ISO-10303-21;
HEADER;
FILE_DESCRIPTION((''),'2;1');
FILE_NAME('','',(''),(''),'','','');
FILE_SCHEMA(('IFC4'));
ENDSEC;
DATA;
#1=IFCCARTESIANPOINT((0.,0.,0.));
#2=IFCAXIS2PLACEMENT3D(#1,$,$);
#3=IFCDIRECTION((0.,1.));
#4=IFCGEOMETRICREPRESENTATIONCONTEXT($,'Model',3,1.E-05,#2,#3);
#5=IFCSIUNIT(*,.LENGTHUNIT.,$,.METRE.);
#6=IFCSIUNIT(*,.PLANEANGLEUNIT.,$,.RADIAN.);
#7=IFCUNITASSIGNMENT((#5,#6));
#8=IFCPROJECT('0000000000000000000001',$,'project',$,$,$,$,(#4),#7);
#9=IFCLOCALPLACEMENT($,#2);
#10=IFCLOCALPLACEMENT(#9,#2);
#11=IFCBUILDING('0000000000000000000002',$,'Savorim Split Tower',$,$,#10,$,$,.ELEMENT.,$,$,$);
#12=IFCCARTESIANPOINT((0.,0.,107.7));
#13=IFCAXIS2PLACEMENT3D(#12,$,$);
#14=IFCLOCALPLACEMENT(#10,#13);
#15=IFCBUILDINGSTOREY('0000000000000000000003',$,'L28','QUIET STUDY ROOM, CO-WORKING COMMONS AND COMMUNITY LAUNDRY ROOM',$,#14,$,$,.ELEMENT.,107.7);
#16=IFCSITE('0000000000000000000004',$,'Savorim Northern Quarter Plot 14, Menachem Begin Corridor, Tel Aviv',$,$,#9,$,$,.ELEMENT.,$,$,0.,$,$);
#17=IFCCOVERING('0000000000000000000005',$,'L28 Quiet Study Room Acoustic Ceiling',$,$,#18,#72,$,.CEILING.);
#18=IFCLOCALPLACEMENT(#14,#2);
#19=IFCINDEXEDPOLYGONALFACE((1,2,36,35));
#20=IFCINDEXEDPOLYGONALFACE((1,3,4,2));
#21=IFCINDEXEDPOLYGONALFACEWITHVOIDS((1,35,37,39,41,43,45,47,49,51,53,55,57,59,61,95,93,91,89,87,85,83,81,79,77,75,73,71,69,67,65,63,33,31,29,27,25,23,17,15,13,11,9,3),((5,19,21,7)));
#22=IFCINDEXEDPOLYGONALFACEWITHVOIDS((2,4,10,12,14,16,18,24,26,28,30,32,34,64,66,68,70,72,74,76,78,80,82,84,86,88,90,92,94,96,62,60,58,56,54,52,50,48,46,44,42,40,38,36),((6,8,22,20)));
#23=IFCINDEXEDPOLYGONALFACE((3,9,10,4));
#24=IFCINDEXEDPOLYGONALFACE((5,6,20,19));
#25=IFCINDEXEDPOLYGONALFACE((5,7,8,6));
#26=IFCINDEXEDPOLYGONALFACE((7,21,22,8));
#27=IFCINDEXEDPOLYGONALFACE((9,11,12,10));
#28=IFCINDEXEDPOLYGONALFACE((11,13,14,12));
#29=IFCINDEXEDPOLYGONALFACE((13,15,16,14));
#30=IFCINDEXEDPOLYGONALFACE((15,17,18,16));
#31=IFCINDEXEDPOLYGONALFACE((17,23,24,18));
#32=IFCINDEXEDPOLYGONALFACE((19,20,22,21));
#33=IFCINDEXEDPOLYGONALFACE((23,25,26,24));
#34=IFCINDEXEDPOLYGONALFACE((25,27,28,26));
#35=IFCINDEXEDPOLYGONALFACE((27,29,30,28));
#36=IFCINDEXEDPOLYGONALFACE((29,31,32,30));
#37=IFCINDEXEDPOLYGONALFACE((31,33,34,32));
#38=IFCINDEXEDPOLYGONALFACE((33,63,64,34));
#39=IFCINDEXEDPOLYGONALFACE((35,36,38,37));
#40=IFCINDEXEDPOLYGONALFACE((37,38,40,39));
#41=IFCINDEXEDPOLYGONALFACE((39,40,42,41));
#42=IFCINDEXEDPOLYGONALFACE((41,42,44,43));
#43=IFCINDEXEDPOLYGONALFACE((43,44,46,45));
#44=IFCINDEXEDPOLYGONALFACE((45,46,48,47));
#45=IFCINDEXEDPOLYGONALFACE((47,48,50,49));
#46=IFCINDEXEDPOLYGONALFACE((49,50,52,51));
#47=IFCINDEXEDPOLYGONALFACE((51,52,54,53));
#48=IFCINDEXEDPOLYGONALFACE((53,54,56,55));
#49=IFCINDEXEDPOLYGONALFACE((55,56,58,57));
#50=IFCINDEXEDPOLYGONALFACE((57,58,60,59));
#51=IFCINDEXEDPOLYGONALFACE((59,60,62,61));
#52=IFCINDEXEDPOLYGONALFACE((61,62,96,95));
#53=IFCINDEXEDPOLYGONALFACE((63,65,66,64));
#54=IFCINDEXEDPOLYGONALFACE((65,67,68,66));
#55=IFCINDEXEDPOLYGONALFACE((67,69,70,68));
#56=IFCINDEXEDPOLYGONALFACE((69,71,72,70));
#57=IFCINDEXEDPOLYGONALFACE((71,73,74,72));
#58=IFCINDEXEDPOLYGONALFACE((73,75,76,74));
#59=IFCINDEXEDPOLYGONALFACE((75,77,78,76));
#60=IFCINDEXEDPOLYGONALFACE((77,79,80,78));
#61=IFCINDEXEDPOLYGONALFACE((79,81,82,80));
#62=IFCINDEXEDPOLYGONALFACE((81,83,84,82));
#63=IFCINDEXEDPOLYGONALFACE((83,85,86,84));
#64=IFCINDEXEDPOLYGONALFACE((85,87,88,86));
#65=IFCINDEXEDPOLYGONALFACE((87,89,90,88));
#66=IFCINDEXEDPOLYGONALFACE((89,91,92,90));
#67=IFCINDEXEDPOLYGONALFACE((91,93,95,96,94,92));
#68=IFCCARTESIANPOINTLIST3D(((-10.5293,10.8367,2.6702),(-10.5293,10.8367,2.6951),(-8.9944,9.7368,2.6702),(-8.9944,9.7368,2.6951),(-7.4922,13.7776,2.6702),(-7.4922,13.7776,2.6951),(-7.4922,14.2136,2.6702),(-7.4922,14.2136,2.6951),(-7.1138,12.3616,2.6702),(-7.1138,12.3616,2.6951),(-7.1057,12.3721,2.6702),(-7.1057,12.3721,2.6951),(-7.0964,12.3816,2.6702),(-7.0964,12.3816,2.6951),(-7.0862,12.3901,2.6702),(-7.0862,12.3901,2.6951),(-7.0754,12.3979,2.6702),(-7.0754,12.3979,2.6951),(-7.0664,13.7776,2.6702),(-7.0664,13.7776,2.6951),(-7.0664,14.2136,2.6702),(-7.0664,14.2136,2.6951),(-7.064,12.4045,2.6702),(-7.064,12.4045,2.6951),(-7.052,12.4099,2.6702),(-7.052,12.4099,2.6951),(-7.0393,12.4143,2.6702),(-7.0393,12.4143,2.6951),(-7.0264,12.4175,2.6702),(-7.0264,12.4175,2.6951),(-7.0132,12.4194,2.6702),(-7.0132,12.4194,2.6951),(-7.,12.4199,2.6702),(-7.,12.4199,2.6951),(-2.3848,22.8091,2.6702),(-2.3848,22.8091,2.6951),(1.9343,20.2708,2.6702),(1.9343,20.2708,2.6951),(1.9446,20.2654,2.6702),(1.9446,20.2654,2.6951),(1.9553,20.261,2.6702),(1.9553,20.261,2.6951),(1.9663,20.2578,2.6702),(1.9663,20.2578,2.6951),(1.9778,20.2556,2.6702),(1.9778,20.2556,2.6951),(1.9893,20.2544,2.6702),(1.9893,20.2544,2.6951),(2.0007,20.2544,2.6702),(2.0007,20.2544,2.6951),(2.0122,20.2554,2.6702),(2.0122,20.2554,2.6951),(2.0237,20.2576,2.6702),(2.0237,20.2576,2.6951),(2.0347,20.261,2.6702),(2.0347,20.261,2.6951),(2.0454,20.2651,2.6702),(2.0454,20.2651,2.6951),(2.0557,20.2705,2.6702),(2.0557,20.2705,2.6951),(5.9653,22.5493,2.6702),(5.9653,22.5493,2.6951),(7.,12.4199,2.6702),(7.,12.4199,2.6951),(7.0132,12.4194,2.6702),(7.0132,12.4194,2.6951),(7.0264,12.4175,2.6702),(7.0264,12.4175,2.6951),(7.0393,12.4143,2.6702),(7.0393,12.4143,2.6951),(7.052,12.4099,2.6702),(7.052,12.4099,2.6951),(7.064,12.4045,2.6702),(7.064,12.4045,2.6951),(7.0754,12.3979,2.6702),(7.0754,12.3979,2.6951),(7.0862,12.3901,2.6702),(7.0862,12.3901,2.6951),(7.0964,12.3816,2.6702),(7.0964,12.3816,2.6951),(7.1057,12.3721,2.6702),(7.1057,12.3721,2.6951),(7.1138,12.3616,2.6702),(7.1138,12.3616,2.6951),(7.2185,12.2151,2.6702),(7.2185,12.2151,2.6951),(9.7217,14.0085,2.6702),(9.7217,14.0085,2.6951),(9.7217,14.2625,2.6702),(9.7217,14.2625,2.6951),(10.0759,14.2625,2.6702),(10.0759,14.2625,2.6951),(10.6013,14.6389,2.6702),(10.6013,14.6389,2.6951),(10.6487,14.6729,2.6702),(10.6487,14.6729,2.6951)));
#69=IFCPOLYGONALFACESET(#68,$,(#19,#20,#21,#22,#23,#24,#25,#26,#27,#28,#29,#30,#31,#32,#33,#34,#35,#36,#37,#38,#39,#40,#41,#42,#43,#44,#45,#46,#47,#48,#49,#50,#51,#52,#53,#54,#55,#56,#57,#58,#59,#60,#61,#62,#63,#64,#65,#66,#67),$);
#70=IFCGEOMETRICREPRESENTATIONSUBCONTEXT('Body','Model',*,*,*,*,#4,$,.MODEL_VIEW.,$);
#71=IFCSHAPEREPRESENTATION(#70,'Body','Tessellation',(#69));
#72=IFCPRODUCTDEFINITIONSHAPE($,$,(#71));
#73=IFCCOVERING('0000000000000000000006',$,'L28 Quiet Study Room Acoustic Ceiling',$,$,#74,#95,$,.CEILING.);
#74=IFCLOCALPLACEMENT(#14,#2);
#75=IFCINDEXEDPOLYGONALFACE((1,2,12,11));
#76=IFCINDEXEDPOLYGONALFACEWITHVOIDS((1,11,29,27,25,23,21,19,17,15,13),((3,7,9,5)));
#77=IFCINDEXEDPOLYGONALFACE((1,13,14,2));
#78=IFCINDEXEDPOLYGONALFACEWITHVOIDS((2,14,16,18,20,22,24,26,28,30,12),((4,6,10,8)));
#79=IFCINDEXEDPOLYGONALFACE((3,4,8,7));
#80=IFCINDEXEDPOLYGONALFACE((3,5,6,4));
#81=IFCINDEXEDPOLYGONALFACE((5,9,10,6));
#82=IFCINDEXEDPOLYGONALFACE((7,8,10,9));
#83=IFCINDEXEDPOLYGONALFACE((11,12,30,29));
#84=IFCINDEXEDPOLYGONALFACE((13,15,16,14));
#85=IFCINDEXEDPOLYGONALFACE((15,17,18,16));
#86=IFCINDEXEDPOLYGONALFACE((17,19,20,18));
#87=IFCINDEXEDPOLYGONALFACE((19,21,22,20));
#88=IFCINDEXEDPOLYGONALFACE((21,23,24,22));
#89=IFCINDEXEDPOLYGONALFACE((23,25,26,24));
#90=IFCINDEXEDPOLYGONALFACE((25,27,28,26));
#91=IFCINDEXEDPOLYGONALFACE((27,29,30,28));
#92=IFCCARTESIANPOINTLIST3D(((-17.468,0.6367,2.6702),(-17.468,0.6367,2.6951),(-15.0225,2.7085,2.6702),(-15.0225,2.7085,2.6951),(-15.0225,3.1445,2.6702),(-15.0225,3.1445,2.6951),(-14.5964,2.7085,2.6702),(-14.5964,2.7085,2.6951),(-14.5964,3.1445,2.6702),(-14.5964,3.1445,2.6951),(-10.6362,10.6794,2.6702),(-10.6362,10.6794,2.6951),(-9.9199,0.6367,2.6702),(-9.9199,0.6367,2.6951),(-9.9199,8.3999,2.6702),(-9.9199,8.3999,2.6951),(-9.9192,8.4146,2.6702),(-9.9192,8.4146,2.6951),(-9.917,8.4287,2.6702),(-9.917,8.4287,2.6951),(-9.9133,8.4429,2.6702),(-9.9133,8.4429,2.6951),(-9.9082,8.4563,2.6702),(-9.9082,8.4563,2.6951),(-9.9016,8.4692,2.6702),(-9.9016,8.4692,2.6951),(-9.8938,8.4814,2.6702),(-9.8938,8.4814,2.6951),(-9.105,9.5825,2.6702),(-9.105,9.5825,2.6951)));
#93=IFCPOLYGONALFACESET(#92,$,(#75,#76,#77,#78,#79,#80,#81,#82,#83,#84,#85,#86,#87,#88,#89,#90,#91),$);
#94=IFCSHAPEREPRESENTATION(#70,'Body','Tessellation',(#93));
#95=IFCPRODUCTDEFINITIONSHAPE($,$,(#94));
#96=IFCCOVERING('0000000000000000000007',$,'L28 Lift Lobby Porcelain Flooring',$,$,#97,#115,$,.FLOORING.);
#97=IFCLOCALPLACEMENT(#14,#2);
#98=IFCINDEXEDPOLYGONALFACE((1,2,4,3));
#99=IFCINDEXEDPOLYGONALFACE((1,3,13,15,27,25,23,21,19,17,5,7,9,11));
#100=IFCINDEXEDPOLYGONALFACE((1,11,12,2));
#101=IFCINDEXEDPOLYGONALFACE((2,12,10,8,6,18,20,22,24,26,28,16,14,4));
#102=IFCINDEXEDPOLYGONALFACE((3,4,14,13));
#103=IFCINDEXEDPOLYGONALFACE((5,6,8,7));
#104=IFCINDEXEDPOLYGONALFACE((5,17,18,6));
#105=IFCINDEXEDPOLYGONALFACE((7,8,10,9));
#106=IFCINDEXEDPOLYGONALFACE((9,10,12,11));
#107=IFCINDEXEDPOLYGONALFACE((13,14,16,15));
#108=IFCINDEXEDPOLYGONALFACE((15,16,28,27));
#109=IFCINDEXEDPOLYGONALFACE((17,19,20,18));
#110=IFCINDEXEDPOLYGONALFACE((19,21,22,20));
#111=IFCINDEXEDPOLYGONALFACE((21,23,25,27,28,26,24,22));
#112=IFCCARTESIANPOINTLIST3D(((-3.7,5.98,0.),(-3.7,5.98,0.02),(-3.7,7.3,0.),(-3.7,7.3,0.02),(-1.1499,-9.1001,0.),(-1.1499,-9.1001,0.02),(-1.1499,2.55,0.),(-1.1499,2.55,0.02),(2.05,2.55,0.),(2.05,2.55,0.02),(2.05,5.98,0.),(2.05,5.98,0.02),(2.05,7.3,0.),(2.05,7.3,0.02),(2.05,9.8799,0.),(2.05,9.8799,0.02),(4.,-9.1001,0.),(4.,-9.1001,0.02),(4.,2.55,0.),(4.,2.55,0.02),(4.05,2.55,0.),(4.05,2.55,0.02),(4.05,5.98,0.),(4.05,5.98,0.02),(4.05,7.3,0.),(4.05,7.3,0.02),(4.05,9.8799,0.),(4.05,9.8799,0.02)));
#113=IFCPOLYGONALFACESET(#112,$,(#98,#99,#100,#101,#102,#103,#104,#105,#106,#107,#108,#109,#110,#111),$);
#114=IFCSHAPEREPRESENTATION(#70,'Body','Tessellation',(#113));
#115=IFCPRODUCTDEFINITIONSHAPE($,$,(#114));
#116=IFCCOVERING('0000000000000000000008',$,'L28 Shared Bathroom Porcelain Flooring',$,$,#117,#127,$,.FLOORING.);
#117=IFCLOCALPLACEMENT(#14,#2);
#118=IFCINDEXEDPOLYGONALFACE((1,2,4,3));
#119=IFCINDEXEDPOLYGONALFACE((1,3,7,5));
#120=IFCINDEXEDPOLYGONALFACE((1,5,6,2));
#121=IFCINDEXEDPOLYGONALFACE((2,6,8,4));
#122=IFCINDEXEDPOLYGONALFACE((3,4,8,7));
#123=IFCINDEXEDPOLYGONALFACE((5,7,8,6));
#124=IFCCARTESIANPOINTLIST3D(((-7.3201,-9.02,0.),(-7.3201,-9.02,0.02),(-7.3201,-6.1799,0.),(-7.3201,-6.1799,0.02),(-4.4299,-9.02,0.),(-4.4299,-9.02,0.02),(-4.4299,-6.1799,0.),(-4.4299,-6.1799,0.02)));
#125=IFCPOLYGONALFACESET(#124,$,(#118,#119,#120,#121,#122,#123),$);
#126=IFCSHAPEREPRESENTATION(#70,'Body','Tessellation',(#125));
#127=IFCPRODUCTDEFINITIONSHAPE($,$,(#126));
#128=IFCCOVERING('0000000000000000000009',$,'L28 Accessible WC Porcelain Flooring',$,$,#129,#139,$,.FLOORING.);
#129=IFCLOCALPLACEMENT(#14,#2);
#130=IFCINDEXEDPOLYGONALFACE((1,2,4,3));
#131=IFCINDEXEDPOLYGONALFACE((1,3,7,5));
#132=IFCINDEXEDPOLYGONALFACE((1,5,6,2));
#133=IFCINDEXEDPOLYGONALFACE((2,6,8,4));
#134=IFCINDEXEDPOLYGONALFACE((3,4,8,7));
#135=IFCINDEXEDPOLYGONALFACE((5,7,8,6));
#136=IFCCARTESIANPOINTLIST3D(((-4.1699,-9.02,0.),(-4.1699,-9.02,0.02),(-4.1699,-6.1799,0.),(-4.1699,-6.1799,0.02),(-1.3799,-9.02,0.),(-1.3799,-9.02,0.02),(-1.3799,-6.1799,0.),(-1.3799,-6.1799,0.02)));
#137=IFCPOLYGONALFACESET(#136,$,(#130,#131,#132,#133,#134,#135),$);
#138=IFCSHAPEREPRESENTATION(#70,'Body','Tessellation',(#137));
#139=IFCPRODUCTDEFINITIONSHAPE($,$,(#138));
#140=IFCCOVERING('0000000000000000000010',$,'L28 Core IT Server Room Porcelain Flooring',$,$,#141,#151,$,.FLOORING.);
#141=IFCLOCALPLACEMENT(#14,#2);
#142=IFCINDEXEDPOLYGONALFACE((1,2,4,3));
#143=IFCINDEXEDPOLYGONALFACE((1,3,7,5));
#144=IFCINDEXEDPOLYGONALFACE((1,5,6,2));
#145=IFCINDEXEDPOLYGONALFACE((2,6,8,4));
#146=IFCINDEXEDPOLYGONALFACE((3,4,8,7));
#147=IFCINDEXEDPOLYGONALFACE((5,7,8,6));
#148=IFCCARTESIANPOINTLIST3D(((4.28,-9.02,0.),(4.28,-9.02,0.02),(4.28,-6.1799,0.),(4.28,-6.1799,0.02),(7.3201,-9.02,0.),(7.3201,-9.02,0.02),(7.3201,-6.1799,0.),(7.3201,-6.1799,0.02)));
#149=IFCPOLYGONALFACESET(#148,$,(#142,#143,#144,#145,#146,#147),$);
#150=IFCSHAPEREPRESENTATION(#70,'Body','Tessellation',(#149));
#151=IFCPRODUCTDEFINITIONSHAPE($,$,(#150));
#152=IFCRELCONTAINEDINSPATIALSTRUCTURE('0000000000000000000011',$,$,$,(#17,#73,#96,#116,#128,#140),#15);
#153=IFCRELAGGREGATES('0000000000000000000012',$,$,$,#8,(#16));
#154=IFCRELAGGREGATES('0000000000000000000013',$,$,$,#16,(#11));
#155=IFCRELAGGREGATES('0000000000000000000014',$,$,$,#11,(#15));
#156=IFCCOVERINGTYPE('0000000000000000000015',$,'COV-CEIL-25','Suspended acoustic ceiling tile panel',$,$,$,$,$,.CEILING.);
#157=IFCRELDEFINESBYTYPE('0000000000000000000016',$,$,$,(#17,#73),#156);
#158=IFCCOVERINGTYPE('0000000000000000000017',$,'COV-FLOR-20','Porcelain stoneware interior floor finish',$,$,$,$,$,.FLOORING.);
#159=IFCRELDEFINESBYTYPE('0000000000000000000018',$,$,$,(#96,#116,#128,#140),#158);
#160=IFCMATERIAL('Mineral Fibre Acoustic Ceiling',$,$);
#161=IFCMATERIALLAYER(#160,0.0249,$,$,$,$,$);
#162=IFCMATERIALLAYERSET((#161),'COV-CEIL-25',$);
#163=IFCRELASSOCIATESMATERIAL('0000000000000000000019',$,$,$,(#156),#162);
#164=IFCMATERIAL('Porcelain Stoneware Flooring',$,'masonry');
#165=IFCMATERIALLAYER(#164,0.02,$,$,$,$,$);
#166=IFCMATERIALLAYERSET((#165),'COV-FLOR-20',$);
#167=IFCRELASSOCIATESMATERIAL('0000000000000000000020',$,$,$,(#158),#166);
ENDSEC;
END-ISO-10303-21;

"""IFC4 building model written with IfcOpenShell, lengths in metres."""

from ifc_helpers import new_model, si_unit, direction, frame, origin, place, context, subcontext, project, spatial, polyline, outline, extrude, material, layer, layer_set, type_object, element, save


model = new_model("IFC4")

# Units and contexts
model_context = context("Model", 3, precision=1e-05, world=origin(), true_north=direction((0.0, 1.0)))
body_context = subcontext(model_context, "Body", "Model", "MODEL_VIEW")
ifc_project = project(units=[si_unit("LENGTHUNIT", "METRE"), si_unit("PLANEANGLEUNIT", "RADIAN")], contexts=[model_context])

# Site, building, storey
site_placement = place(None, origin())
site = spatial("IfcSite", under=ifc_project, at=site_placement, Name="Savorim Northern Quarter Plot 14, Menachem Begin Corridor, Tel Aviv", CompositionType="ELEMENT", RefElevation=0.0)
building_placement = place(site_placement, origin())
building = spatial("IfcBuilding", under=site, at=building_placement, Name="Savorim Split Tower", CompositionType="ELEMENT")
storey_placement = place(building_placement, frame((0.0, 0.0, 107.7)))
storey = spatial("IfcBuildingStorey", under=building, at=storey_placement, Name="L28", Description="QUIET STUDY ROOM, CO-WORKING COMMONS AND COMMUNITY LAUNDRY ROOM", CompositionType="ELEMENT", Elevation=107.7)

# Coverings
ifc_material_1 = material(Name="Mineral Fibre Acoustic Ceiling")
ifc_layer_1 = layer(ifc_material_1, 0.0249)
ifc_layer_set_1 = layer_set([ifc_layer_1], Name="COV-CEIL-25")
covering_type_1 = type_object("IfcCoveringType", Name="COV-CEIL-25", Description="Suspended acoustic ceiling tile panel", PredefinedType="CEILING", material=ifc_layer_set_1)
covering_1_placement = place(storey_placement, frame((0.0, 0.0, 2.6702)))
element("IfcCovering", 1, at=covering_1_placement, inside=storey, type_object=covering_type_1, Name="L28 Quiet Study Room Acoustic Ceiling", PredefinedType="CEILING", context=body_context, shape_type="SweptSolid", body=[
    extrude(outline(polyline([(1.9553, 20.261), (1.9446, 20.2654), (1.9343, 20.2708), (-2.3848, 22.8091), (-10.5293, 10.8367), (-8.9944, 9.7368), (-7.1138, 12.3616), (-7.1057, 12.3721), (-7.0964, 12.3816), (-7.0862, 12.3901), (-7.0754, 12.3979), (-7.064, 12.4045), (-7.052, 12.4099), (-7.0393, 12.4143), (-7.0264, 12.4175), (-7.0132, 12.4194), (-7.0, 12.4199), (7.0, 12.4199), (7.0132, 12.4194), (7.0264, 12.4175), (7.0393, 12.4143), (7.052, 12.4099), (7.064, 12.4045), (7.0754, 12.3979), (7.0862, 12.3901), (7.0964, 12.3816), (7.1057, 12.3721), (7.1138, 12.3616), (7.2185, 12.2151), (9.7217, 14.0085), (9.7217, 14.2625), (10.0759, 14.2625), (10.6013, 14.6389), (10.6487, 14.6729), (5.9653, 22.5493), (2.0557, 20.2705), (2.0454, 20.2651), (2.0347, 20.261), (2.0237, 20.2576), (2.0122, 20.2554), (2.0007, 20.2544), (1.9893, 20.2544), (1.9778, 20.2556), (1.9663, 20.2578), (1.9553, 20.261)]), holes=[polyline([(-7.0664, 14.2136), (-7.4922, 14.2136), (-7.4922, 13.7776), (-7.0664, 13.7776), (-7.0664, 14.2136)])]), origin(), (0.0, 0.0, 1.0), 0.0249),
])
covering_2_placement = place(storey_placement, frame((0.0, 0.0, 2.6702)))
element("IfcCovering", 2, at=covering_2_placement, inside=storey, type_object=covering_type_1, Name="L28 Quiet Study Room Acoustic Ceiling", PredefinedType="CEILING", context=body_context, shape_type="SweptSolid", body=[
    extrude(outline(polyline([(-9.9082, 8.4563), (-9.9016, 8.4692), (-9.8938, 8.4814), (-9.105, 9.5825), (-10.6362, 10.6794), (-17.468, 0.6367), (-9.9199, 0.6367), (-9.9199, 8.3999), (-9.9192, 8.4146), (-9.917, 8.4287), (-9.9133, 8.4429), (-9.9082, 8.4563)]), holes=[polyline([(-15.0225, 3.1445), (-15.0225, 2.7085), (-14.5964, 2.7085), (-14.5964, 3.1445), (-15.0225, 3.1445)])]), origin(), (0.0, 0.0, 1.0), 0.0249),
])
ifc_material_2 = material(Name="Porcelain Stoneware Flooring", Category="masonry")
ifc_layer_2 = layer(ifc_material_2, 0.02)
ifc_layer_set_2 = layer_set([ifc_layer_2], Name="COV-FLOR-20")
covering_type_2 = type_object("IfcCoveringType", Name="COV-FLOR-20", Description="Porcelain stoneware interior floor finish", PredefinedType="FLOORING", material=ifc_layer_set_2)
covering_3_placement = place(storey_placement, origin())
element("IfcCovering", 3, at=covering_3_placement, inside=storey, type_object=covering_type_2, Name="L28 Lift Lobby Porcelain Flooring", PredefinedType="FLOORING", context=body_context, shape_type="SweptSolid", body=[
    extrude(outline(polyline([(2.05, 2.55), (-1.1499, 2.55), (-1.1499, -9.1001), (4.0, -9.1001), (4.0, 2.55), (4.05, 2.55), (4.05, 5.98), (4.05, 7.3), (4.05, 9.8799), (2.05, 9.8799), (2.05, 7.3), (-3.7, 7.3), (-3.7, 5.98), (2.05, 5.98), (2.05, 2.55)])), origin(), (0.0, 0.0, 1.0), 0.02),
])
covering_4_placement = place(storey_placement, origin())
element("IfcCovering", 4, at=covering_4_placement, inside=storey, type_object=covering_type_2, Name="L28 Shared Bathroom Porcelain Flooring", PredefinedType="FLOORING", context=body_context, shape_type="SweptSolid", body=[
    extrude(outline(polyline([(-7.3201, -6.1799), (-7.3201, -9.02), (-4.4299, -9.02), (-4.4299, -6.1799), (-7.3201, -6.1799)])), origin(), (0.0, 0.0, 1.0), 0.02),
])
covering_5_placement = place(storey_placement, origin())
element("IfcCovering", 5, at=covering_5_placement, inside=storey, type_object=covering_type_2, Name="L28 Accessible WC Porcelain Flooring", PredefinedType="FLOORING", context=body_context, shape_type="SweptSolid", body=[
    extrude(outline(polyline([(-4.1699, -6.1799), (-4.1699, -9.02), (-1.3799, -9.02), (-1.3799, -6.1799), (-4.1699, -6.1799)])), origin(), (0.0, 0.0, 1.0), 0.02),
])
covering_6_placement = place(storey_placement, origin())
element("IfcCovering", 6, at=covering_6_placement, inside=storey, type_object=covering_type_2, Name="L28 Core IT Server Room Porcelain Flooring", PredefinedType="FLOORING", context=body_context, shape_type="SweptSolid", body=[
    extrude(outline(polyline([(4.28, -6.1799), (4.28, -9.02), (7.3201, -9.02), (7.3201, -6.1799), (4.28, -6.1799)])), origin(), (0.0, 0.0, 1.0), 0.02),
])

save(model, "model.ifc")
